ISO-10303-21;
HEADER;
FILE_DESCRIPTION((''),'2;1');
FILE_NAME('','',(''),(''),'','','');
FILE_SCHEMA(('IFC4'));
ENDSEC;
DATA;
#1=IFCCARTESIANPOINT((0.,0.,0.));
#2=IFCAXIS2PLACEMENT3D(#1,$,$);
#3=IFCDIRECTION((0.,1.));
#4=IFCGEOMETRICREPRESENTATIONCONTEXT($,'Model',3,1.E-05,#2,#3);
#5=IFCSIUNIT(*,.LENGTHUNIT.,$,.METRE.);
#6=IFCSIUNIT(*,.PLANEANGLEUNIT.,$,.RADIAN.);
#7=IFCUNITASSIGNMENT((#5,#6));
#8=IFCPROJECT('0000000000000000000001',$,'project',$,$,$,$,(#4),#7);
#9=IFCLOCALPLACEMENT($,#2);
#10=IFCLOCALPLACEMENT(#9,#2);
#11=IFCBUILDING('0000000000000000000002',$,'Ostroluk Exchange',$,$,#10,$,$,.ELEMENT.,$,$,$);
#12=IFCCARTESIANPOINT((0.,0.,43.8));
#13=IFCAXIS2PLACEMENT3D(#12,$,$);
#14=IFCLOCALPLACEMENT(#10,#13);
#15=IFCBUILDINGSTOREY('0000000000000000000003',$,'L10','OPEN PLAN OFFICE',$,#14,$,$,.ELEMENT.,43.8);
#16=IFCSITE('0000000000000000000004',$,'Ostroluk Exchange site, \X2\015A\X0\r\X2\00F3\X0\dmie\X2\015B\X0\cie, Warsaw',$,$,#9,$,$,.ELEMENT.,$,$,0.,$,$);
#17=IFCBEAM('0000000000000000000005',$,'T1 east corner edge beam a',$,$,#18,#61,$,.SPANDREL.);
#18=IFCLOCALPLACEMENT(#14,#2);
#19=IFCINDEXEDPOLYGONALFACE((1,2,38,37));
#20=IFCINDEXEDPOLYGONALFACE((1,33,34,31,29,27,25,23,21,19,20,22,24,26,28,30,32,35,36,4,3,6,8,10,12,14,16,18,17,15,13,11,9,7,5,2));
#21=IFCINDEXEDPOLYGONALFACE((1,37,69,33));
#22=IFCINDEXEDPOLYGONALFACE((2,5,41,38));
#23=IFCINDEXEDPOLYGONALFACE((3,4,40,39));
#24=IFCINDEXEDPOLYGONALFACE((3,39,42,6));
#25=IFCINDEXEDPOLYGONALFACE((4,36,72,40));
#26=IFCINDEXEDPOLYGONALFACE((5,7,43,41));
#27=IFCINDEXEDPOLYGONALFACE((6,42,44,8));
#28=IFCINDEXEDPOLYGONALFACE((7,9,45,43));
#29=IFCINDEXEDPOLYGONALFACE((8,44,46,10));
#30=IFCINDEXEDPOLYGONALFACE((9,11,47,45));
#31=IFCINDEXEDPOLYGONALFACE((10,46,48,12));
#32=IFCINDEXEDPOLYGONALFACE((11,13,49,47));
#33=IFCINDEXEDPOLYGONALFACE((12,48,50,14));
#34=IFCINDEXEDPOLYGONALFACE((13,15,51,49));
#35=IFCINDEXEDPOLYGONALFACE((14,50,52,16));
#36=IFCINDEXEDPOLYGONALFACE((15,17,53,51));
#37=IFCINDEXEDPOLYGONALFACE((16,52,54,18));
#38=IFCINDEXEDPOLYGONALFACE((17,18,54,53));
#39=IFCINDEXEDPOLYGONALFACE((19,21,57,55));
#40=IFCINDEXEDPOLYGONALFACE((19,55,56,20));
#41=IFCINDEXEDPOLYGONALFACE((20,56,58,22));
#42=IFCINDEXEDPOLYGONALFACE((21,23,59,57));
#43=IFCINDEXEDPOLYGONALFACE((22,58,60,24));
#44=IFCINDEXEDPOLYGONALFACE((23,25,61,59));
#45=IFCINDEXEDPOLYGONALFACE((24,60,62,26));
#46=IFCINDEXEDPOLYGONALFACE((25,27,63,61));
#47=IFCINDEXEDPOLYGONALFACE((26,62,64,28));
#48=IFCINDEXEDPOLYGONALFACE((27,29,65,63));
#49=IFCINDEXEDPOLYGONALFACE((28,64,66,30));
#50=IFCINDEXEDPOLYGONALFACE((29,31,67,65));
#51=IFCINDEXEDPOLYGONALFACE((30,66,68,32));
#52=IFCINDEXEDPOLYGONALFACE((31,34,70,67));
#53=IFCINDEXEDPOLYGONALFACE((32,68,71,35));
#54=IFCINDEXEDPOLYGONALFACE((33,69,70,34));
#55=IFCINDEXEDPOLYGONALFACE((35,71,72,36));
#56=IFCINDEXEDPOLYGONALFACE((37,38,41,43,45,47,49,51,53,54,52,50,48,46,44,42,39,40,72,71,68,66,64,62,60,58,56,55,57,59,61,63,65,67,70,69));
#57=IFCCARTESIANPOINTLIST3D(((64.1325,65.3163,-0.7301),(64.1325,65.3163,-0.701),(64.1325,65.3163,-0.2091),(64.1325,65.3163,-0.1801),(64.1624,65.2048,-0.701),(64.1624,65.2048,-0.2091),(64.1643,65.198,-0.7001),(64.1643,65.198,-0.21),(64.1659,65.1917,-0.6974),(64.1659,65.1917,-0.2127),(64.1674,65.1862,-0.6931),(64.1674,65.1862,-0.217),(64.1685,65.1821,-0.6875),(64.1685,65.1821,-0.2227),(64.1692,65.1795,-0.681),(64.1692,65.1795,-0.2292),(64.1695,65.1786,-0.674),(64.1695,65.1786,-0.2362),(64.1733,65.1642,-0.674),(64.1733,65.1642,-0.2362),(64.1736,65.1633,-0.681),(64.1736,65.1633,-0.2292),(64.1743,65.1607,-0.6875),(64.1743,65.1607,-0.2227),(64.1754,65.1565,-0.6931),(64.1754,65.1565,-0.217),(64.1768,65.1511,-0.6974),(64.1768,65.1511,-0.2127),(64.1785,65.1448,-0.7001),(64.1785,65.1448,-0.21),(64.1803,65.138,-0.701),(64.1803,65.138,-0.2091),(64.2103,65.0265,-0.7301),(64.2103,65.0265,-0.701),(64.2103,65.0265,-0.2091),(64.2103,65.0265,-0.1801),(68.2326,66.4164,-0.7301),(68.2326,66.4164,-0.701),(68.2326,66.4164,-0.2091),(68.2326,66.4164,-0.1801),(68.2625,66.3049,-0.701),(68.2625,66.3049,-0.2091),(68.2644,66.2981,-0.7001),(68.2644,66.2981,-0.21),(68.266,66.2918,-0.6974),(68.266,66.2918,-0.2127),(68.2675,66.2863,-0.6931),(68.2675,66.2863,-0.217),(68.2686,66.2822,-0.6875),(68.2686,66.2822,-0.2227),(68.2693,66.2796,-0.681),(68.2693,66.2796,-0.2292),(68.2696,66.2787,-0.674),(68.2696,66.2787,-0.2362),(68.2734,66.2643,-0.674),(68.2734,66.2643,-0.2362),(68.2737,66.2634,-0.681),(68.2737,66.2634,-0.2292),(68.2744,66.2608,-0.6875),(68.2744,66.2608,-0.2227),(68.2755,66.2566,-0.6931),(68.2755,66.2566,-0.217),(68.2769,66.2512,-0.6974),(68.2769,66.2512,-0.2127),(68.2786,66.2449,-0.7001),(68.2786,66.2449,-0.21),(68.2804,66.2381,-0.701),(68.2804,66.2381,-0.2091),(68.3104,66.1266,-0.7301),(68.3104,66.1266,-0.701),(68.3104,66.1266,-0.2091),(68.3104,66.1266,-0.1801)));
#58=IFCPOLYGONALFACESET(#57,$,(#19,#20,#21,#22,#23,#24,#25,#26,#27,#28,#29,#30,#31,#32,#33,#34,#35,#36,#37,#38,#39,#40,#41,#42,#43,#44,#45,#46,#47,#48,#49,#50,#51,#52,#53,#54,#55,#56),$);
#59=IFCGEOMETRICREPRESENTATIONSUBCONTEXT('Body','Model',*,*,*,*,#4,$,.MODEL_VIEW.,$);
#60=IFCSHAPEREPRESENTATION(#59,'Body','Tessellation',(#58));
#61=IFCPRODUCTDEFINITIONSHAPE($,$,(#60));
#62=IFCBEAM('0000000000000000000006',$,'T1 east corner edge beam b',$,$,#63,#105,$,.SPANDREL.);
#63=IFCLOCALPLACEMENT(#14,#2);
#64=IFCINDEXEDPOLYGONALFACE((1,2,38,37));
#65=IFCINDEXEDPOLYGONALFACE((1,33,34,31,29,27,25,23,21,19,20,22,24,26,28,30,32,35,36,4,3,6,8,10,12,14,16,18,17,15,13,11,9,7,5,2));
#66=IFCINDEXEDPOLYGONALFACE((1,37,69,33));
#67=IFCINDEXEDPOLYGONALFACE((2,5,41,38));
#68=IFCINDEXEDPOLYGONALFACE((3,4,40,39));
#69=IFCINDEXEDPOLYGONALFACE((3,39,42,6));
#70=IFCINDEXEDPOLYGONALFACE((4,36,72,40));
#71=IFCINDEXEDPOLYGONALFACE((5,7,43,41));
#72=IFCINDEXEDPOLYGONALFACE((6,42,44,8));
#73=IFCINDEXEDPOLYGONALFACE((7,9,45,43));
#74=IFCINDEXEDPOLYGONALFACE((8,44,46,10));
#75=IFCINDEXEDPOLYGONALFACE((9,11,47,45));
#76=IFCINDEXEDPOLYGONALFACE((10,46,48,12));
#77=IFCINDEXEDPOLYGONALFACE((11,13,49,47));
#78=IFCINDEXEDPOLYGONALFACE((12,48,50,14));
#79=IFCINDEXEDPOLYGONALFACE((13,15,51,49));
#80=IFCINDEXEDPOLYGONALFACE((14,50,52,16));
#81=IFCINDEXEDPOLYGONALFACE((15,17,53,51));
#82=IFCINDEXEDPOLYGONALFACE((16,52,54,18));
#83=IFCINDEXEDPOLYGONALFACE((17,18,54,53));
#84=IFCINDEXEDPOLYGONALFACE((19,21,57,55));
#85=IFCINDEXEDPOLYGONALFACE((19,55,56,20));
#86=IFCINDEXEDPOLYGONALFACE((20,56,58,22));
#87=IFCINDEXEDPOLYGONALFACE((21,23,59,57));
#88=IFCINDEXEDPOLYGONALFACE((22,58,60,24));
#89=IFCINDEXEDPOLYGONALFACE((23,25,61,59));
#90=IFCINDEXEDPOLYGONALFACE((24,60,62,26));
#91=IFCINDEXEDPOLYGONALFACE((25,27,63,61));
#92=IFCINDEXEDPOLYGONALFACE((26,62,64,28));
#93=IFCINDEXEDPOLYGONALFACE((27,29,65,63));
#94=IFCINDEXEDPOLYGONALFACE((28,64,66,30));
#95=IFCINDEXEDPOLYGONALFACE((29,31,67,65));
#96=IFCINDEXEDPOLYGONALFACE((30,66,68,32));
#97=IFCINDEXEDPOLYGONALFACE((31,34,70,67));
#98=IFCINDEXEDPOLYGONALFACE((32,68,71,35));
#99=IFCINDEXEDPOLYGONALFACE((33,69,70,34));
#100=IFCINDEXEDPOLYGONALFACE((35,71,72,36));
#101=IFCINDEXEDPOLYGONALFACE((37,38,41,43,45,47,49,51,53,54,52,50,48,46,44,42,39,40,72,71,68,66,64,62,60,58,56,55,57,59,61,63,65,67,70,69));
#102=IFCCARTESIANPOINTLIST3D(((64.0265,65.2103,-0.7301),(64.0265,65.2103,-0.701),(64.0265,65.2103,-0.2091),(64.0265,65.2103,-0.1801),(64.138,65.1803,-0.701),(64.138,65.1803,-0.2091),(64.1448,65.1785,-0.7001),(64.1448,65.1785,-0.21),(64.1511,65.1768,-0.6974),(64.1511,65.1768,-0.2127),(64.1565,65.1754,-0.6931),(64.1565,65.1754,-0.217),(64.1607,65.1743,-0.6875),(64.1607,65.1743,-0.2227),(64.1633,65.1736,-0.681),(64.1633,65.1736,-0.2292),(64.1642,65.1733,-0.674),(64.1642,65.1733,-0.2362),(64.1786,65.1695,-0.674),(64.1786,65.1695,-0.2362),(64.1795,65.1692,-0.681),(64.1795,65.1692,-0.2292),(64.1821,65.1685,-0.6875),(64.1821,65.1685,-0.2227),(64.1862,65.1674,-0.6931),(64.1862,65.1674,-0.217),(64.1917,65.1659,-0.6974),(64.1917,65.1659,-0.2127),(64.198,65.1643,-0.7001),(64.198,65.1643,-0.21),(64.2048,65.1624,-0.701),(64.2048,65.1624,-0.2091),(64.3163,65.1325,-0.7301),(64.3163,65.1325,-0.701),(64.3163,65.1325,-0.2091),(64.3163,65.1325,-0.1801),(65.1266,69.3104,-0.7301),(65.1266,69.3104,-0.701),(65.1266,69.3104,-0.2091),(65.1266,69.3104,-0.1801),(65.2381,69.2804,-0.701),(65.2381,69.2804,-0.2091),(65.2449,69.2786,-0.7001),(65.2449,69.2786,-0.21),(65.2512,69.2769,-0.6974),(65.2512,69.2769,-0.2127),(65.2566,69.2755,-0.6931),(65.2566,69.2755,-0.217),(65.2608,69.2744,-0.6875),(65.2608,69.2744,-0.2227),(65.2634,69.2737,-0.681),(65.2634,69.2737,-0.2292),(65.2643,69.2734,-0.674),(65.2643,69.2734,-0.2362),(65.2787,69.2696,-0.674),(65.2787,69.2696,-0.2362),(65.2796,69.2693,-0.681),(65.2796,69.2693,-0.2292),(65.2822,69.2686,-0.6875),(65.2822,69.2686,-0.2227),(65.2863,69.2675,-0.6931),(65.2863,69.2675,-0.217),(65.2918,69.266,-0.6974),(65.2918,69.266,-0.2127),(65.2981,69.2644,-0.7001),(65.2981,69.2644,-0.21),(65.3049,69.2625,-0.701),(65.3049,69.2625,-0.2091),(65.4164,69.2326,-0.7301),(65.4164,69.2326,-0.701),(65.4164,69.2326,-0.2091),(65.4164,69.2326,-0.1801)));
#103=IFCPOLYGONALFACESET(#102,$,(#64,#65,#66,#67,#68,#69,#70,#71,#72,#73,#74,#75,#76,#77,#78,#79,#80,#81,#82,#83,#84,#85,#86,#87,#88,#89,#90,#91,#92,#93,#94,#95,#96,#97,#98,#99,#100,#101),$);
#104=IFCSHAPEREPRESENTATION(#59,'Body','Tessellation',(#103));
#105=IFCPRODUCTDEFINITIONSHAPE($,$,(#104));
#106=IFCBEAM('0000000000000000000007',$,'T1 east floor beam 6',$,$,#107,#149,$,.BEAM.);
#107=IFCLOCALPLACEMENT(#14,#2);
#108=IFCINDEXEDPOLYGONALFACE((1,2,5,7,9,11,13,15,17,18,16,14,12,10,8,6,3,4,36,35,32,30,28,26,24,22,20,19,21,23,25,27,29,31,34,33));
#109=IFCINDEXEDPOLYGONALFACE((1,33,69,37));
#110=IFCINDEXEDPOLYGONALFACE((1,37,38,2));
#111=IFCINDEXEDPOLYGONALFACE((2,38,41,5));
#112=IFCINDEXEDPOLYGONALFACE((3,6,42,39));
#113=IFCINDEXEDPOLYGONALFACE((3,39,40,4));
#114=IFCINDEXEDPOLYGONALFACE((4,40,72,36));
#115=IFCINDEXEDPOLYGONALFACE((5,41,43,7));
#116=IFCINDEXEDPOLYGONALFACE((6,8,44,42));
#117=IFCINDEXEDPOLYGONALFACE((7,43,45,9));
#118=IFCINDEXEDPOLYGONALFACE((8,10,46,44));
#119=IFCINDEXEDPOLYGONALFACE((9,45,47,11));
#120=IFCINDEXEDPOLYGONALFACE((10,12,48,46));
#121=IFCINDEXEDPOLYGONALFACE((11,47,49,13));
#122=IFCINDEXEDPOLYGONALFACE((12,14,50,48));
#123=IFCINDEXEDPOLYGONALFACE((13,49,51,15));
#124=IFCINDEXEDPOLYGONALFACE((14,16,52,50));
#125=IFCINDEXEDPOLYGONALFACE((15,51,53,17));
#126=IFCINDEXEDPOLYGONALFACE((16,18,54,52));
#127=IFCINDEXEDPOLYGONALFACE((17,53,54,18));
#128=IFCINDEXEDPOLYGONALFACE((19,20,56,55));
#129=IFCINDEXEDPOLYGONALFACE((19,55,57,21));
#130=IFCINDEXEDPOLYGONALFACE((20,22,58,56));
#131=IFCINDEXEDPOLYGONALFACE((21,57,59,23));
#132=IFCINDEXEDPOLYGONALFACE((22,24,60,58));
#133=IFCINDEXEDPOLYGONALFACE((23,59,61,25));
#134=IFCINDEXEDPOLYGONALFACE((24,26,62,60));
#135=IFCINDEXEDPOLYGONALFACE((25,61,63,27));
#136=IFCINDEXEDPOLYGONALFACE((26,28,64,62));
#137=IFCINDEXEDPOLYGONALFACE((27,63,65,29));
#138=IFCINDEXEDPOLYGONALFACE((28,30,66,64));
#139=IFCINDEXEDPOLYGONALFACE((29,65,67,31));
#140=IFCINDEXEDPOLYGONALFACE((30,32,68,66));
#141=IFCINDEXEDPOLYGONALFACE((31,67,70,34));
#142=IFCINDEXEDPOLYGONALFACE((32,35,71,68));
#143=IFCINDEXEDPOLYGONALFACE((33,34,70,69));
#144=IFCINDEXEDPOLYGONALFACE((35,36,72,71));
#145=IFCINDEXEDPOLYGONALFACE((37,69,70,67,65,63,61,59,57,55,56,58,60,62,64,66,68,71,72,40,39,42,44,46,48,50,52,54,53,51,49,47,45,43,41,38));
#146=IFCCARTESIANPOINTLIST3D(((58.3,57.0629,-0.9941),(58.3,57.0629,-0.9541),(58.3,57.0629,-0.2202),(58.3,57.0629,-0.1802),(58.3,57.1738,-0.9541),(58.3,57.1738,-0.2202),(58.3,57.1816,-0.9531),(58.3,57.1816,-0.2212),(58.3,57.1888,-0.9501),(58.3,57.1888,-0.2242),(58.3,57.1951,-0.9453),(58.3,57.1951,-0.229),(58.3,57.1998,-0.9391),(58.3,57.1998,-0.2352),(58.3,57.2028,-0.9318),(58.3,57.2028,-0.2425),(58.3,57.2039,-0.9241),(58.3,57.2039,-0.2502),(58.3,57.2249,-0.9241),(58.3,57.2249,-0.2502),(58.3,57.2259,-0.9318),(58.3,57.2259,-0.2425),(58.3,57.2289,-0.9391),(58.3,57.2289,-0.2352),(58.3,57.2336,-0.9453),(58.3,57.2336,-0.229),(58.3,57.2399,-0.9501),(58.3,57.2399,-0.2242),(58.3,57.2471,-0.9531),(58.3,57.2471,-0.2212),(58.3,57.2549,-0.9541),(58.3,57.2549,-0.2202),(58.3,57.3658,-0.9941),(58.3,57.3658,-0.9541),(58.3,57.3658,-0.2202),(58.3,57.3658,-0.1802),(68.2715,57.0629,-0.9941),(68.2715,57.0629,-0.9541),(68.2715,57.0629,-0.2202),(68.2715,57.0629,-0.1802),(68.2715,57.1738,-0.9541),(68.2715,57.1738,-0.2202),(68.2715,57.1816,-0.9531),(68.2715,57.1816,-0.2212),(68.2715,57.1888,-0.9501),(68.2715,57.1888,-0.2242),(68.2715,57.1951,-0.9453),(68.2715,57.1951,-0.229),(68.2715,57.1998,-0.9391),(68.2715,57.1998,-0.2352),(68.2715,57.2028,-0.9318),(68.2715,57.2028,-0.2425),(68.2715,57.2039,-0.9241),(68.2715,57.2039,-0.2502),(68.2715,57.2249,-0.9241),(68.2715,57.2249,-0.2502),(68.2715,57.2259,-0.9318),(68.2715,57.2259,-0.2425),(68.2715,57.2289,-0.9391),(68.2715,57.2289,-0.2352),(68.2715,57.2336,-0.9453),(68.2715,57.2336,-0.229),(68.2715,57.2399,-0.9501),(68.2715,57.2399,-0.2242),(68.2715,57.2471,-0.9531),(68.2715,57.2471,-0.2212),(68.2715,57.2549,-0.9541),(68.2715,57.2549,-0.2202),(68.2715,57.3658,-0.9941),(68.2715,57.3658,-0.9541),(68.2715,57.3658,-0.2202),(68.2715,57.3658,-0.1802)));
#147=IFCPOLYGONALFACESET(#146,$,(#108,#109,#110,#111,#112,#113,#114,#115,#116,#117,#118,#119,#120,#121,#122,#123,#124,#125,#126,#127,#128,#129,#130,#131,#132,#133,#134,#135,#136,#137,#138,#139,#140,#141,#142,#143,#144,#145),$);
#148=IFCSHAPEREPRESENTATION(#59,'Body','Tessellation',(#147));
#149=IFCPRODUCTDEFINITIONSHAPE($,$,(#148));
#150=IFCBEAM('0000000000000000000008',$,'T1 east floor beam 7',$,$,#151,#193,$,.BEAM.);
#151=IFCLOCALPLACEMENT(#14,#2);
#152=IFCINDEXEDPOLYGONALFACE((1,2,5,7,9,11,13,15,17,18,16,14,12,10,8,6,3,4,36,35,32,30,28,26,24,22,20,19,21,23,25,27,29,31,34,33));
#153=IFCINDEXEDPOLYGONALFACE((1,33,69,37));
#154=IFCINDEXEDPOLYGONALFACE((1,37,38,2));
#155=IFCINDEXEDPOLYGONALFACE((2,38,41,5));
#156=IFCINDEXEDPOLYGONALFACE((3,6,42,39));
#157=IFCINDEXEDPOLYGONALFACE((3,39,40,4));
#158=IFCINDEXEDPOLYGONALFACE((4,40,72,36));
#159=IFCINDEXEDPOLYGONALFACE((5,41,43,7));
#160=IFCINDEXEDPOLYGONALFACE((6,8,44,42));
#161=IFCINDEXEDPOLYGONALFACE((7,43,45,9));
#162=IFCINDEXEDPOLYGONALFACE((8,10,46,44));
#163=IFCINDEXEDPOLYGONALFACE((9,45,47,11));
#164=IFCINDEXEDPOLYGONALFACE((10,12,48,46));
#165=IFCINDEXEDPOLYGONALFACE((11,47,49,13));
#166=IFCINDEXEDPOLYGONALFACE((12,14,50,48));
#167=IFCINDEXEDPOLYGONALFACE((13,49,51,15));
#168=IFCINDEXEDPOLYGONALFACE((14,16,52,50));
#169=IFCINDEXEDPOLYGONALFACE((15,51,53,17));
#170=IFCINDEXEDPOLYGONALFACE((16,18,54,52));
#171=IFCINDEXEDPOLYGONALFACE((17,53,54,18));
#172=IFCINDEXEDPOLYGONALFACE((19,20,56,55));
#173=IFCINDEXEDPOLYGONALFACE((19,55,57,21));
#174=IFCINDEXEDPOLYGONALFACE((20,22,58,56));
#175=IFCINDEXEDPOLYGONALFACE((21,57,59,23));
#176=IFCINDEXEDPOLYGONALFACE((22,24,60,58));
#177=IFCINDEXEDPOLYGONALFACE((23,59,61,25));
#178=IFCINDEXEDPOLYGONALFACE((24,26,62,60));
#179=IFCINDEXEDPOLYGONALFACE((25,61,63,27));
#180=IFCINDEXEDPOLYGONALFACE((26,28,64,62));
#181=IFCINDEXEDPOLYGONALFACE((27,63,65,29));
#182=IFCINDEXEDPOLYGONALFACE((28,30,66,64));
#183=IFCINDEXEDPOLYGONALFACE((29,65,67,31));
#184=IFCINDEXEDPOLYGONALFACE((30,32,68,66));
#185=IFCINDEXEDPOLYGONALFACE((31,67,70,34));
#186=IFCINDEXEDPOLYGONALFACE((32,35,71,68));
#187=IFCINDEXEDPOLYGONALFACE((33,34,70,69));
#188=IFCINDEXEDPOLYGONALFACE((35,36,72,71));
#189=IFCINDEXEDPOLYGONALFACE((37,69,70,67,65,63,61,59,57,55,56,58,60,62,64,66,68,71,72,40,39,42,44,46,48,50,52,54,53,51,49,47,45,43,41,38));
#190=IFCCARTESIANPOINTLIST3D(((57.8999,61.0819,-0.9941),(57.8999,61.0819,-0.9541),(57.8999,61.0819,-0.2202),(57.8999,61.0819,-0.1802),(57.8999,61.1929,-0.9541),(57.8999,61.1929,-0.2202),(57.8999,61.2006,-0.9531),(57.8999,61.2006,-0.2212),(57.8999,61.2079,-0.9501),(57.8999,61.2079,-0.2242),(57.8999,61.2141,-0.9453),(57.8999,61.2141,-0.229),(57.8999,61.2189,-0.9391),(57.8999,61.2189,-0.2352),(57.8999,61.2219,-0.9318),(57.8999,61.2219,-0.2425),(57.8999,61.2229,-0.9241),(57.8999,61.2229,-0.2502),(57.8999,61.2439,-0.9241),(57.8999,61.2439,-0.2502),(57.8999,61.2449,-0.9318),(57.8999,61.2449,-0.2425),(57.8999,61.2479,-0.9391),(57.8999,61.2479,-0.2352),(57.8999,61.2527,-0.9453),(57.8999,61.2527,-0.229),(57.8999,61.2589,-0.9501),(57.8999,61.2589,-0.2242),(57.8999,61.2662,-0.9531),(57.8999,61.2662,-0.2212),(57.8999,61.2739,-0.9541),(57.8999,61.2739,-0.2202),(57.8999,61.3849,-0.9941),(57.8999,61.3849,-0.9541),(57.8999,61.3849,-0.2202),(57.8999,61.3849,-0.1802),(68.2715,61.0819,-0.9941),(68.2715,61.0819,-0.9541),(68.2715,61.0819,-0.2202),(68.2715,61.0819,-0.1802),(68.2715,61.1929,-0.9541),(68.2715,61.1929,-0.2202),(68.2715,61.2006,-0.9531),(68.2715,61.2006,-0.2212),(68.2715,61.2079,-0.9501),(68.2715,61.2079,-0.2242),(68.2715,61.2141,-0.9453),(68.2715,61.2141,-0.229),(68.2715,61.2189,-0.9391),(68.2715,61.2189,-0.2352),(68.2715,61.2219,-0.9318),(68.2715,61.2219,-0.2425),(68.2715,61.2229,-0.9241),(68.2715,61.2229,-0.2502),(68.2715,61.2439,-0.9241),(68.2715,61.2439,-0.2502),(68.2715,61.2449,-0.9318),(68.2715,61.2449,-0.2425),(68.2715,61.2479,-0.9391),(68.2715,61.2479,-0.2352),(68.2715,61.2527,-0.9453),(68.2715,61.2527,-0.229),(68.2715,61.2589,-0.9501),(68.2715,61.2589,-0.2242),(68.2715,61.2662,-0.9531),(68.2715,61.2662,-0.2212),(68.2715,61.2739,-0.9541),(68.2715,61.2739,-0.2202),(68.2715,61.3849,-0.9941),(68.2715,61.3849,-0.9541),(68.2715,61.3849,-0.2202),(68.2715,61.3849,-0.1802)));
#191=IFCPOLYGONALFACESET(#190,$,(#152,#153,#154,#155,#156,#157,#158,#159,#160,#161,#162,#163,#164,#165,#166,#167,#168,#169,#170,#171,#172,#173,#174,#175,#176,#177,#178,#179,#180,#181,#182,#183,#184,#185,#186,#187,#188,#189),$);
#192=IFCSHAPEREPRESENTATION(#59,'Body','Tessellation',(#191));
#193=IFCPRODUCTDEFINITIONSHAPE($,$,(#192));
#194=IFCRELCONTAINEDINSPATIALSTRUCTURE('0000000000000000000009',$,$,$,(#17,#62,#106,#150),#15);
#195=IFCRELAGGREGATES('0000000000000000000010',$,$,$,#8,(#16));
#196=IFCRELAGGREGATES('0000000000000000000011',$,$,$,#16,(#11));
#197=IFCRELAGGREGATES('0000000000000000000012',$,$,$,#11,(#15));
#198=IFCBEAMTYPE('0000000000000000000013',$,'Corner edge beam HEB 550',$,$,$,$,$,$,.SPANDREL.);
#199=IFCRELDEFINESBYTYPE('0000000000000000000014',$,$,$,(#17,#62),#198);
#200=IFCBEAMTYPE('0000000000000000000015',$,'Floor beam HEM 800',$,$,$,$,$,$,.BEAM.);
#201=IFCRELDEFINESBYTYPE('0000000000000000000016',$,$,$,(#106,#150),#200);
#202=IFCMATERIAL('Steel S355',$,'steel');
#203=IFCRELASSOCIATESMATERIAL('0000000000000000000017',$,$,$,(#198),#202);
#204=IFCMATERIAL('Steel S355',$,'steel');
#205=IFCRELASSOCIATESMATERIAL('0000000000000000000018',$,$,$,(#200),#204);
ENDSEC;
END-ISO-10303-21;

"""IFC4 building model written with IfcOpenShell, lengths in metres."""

from ifc_helpers import new_model, si_unit, direction, frame, origin, origin_2d, place, context, subcontext, project, spatial, i_section, extrude, material, material_profile, profile_set, type_object, element, save


model = new_model("IFC4")

# Units and contexts
model_context = context("Model", 3, precision=1e-05, world=origin(), true_north=direction((0.0, 1.0)))
body_context = subcontext(model_context, "Body", "Model", "MODEL_VIEW")
ifc_project = project(units=[si_unit("LENGTHUNIT", "METRE"), si_unit("PLANEANGLEUNIT", "RADIAN")], contexts=[model_context])

# Site, building, storey
site_placement = place(None, origin())
site = spatial("IfcSite", under=ifc_project, at=site_placement, Name="Ostroluk Exchange site, Śródmieście, Warsaw", CompositionType="ELEMENT", RefElevation=0.0)
building_placement = place(site_placement, origin())
building = spatial("IfcBuilding", under=site, at=building_placement, Name="Ostroluk Exchange", CompositionType="ELEMENT")
storey_placement = place(building_placement, frame((0.0, 0.0, 43.8)))
storey = spatial("IfcBuildingStorey", under=building, at=storey_placement, Name="L10", Description="OPEN PLAN OFFICE", CompositionType="ELEMENT", Elevation=43.8)

# Beams
ifc_material_1 = material(Name="Steel S355", Category="steel")
ifc_material_profile_1 = material_profile(ifc_material_1, i_section(OverallWidth=0.3, OverallDepth=0.55, WebThickness=0.0149, FlangeThickness=0.0291, FilletRadius=0.0271, at=origin_2d()), Name="HEB 550")
ifc_profile_set_1 = profile_set([ifc_material_profile_1], Name="Steel S355")
beam_type_1 = type_object("IfcBeamType", Name="Corner edge beam HEB 550", PredefinedType="SPANDREL", material=ifc_profile_set_1)
for number, where, z_axis, x_axis, name in (
    (1, (64.1714, 65.1714, -0.4551), (0.965839, 0.259144, 0.0), (-0.259144, 0.965839, 0.0), "T1 east corner edge beam a"),
    (2, (64.1714, 65.1714, -0.4551), (0.259144, 0.965839, 0.0), (-0.965839, 0.259144, 0.0), "T1 east corner edge beam b"),
):
    element("IfcBeam", number, at=place(storey_placement, frame(where, z_axis=z_axis, x_axis=x_axis)), inside=storey, type_object=beam_type_1, Name=name, PredefinedType="SPANDREL", context=body_context, shape_type="SweptSolid", body=[
        extrude(i_section(OverallWidth=0.3, OverallDepth=0.55, WebThickness=0.0149, FlangeThickness=0.0291, FilletRadius=0.0271, at=origin_2d()), origin(), (0.0, 0.0, 1.0), 4.2451),
    ])
ifc_material_2 = material(Name="Steel S355", Category="steel")
ifc_material_profile_2 = material_profile(ifc_material_2, i_section(OverallWidth=0.303, OverallDepth=0.814, WebThickness=0.021, FlangeThickness=0.04, FilletRadius=0.03, at=origin_2d()), Name="HEM 800")
ifc_profile_set_2 = profile_set([ifc_material_profile_2], Name="Steel S355")
beam_type_2 = type_object("IfcBeamType", Name="Floor beam HEM 800", PredefinedType="BEAM", material=ifc_profile_set_2)
beam_1_placement = place(storey_placement, frame((58.3, 57.2144, -0.5872), z_axis=(1.0, 0.0, 0.0), x_axis=(0.0, 1.0, 0.0)))
element("IfcBeam", 3, at=beam_1_placement, inside=storey, type_object=beam_type_2, Name="T1 east floor beam 6", PredefinedType="BEAM", context=body_context, shape_type="SweptSolid", body=[
    extrude(i_section(OverallWidth=0.303, OverallDepth=0.814, WebThickness=0.021, FlangeThickness=0.04, FilletRadius=0.03, at=origin_2d()), origin(), (0.0, 0.0, 1.0), 9.9714),
])
beam_2_placement = place(storey_placement, frame((57.8999, 61.2334, -0.5872), z_axis=(1.0, 0.0, 0.0), x_axis=(0.0, 1.0, 0.0)))
element("IfcBeam", 4, at=beam_2_placement, inside=storey, type_object=beam_type_2, Name="T1 east floor beam 7", PredefinedType="BEAM", context=body_context, shape_type="SweptSolid", body=[
    extrude(i_section(OverallWidth=0.303, OverallDepth=0.814, WebThickness=0.021, FlangeThickness=0.04, FilletRadius=0.03, at=origin_2d()), origin(), (0.0, 0.0, 1.0), 10.3716),
])

save(model, "model.ifc")
